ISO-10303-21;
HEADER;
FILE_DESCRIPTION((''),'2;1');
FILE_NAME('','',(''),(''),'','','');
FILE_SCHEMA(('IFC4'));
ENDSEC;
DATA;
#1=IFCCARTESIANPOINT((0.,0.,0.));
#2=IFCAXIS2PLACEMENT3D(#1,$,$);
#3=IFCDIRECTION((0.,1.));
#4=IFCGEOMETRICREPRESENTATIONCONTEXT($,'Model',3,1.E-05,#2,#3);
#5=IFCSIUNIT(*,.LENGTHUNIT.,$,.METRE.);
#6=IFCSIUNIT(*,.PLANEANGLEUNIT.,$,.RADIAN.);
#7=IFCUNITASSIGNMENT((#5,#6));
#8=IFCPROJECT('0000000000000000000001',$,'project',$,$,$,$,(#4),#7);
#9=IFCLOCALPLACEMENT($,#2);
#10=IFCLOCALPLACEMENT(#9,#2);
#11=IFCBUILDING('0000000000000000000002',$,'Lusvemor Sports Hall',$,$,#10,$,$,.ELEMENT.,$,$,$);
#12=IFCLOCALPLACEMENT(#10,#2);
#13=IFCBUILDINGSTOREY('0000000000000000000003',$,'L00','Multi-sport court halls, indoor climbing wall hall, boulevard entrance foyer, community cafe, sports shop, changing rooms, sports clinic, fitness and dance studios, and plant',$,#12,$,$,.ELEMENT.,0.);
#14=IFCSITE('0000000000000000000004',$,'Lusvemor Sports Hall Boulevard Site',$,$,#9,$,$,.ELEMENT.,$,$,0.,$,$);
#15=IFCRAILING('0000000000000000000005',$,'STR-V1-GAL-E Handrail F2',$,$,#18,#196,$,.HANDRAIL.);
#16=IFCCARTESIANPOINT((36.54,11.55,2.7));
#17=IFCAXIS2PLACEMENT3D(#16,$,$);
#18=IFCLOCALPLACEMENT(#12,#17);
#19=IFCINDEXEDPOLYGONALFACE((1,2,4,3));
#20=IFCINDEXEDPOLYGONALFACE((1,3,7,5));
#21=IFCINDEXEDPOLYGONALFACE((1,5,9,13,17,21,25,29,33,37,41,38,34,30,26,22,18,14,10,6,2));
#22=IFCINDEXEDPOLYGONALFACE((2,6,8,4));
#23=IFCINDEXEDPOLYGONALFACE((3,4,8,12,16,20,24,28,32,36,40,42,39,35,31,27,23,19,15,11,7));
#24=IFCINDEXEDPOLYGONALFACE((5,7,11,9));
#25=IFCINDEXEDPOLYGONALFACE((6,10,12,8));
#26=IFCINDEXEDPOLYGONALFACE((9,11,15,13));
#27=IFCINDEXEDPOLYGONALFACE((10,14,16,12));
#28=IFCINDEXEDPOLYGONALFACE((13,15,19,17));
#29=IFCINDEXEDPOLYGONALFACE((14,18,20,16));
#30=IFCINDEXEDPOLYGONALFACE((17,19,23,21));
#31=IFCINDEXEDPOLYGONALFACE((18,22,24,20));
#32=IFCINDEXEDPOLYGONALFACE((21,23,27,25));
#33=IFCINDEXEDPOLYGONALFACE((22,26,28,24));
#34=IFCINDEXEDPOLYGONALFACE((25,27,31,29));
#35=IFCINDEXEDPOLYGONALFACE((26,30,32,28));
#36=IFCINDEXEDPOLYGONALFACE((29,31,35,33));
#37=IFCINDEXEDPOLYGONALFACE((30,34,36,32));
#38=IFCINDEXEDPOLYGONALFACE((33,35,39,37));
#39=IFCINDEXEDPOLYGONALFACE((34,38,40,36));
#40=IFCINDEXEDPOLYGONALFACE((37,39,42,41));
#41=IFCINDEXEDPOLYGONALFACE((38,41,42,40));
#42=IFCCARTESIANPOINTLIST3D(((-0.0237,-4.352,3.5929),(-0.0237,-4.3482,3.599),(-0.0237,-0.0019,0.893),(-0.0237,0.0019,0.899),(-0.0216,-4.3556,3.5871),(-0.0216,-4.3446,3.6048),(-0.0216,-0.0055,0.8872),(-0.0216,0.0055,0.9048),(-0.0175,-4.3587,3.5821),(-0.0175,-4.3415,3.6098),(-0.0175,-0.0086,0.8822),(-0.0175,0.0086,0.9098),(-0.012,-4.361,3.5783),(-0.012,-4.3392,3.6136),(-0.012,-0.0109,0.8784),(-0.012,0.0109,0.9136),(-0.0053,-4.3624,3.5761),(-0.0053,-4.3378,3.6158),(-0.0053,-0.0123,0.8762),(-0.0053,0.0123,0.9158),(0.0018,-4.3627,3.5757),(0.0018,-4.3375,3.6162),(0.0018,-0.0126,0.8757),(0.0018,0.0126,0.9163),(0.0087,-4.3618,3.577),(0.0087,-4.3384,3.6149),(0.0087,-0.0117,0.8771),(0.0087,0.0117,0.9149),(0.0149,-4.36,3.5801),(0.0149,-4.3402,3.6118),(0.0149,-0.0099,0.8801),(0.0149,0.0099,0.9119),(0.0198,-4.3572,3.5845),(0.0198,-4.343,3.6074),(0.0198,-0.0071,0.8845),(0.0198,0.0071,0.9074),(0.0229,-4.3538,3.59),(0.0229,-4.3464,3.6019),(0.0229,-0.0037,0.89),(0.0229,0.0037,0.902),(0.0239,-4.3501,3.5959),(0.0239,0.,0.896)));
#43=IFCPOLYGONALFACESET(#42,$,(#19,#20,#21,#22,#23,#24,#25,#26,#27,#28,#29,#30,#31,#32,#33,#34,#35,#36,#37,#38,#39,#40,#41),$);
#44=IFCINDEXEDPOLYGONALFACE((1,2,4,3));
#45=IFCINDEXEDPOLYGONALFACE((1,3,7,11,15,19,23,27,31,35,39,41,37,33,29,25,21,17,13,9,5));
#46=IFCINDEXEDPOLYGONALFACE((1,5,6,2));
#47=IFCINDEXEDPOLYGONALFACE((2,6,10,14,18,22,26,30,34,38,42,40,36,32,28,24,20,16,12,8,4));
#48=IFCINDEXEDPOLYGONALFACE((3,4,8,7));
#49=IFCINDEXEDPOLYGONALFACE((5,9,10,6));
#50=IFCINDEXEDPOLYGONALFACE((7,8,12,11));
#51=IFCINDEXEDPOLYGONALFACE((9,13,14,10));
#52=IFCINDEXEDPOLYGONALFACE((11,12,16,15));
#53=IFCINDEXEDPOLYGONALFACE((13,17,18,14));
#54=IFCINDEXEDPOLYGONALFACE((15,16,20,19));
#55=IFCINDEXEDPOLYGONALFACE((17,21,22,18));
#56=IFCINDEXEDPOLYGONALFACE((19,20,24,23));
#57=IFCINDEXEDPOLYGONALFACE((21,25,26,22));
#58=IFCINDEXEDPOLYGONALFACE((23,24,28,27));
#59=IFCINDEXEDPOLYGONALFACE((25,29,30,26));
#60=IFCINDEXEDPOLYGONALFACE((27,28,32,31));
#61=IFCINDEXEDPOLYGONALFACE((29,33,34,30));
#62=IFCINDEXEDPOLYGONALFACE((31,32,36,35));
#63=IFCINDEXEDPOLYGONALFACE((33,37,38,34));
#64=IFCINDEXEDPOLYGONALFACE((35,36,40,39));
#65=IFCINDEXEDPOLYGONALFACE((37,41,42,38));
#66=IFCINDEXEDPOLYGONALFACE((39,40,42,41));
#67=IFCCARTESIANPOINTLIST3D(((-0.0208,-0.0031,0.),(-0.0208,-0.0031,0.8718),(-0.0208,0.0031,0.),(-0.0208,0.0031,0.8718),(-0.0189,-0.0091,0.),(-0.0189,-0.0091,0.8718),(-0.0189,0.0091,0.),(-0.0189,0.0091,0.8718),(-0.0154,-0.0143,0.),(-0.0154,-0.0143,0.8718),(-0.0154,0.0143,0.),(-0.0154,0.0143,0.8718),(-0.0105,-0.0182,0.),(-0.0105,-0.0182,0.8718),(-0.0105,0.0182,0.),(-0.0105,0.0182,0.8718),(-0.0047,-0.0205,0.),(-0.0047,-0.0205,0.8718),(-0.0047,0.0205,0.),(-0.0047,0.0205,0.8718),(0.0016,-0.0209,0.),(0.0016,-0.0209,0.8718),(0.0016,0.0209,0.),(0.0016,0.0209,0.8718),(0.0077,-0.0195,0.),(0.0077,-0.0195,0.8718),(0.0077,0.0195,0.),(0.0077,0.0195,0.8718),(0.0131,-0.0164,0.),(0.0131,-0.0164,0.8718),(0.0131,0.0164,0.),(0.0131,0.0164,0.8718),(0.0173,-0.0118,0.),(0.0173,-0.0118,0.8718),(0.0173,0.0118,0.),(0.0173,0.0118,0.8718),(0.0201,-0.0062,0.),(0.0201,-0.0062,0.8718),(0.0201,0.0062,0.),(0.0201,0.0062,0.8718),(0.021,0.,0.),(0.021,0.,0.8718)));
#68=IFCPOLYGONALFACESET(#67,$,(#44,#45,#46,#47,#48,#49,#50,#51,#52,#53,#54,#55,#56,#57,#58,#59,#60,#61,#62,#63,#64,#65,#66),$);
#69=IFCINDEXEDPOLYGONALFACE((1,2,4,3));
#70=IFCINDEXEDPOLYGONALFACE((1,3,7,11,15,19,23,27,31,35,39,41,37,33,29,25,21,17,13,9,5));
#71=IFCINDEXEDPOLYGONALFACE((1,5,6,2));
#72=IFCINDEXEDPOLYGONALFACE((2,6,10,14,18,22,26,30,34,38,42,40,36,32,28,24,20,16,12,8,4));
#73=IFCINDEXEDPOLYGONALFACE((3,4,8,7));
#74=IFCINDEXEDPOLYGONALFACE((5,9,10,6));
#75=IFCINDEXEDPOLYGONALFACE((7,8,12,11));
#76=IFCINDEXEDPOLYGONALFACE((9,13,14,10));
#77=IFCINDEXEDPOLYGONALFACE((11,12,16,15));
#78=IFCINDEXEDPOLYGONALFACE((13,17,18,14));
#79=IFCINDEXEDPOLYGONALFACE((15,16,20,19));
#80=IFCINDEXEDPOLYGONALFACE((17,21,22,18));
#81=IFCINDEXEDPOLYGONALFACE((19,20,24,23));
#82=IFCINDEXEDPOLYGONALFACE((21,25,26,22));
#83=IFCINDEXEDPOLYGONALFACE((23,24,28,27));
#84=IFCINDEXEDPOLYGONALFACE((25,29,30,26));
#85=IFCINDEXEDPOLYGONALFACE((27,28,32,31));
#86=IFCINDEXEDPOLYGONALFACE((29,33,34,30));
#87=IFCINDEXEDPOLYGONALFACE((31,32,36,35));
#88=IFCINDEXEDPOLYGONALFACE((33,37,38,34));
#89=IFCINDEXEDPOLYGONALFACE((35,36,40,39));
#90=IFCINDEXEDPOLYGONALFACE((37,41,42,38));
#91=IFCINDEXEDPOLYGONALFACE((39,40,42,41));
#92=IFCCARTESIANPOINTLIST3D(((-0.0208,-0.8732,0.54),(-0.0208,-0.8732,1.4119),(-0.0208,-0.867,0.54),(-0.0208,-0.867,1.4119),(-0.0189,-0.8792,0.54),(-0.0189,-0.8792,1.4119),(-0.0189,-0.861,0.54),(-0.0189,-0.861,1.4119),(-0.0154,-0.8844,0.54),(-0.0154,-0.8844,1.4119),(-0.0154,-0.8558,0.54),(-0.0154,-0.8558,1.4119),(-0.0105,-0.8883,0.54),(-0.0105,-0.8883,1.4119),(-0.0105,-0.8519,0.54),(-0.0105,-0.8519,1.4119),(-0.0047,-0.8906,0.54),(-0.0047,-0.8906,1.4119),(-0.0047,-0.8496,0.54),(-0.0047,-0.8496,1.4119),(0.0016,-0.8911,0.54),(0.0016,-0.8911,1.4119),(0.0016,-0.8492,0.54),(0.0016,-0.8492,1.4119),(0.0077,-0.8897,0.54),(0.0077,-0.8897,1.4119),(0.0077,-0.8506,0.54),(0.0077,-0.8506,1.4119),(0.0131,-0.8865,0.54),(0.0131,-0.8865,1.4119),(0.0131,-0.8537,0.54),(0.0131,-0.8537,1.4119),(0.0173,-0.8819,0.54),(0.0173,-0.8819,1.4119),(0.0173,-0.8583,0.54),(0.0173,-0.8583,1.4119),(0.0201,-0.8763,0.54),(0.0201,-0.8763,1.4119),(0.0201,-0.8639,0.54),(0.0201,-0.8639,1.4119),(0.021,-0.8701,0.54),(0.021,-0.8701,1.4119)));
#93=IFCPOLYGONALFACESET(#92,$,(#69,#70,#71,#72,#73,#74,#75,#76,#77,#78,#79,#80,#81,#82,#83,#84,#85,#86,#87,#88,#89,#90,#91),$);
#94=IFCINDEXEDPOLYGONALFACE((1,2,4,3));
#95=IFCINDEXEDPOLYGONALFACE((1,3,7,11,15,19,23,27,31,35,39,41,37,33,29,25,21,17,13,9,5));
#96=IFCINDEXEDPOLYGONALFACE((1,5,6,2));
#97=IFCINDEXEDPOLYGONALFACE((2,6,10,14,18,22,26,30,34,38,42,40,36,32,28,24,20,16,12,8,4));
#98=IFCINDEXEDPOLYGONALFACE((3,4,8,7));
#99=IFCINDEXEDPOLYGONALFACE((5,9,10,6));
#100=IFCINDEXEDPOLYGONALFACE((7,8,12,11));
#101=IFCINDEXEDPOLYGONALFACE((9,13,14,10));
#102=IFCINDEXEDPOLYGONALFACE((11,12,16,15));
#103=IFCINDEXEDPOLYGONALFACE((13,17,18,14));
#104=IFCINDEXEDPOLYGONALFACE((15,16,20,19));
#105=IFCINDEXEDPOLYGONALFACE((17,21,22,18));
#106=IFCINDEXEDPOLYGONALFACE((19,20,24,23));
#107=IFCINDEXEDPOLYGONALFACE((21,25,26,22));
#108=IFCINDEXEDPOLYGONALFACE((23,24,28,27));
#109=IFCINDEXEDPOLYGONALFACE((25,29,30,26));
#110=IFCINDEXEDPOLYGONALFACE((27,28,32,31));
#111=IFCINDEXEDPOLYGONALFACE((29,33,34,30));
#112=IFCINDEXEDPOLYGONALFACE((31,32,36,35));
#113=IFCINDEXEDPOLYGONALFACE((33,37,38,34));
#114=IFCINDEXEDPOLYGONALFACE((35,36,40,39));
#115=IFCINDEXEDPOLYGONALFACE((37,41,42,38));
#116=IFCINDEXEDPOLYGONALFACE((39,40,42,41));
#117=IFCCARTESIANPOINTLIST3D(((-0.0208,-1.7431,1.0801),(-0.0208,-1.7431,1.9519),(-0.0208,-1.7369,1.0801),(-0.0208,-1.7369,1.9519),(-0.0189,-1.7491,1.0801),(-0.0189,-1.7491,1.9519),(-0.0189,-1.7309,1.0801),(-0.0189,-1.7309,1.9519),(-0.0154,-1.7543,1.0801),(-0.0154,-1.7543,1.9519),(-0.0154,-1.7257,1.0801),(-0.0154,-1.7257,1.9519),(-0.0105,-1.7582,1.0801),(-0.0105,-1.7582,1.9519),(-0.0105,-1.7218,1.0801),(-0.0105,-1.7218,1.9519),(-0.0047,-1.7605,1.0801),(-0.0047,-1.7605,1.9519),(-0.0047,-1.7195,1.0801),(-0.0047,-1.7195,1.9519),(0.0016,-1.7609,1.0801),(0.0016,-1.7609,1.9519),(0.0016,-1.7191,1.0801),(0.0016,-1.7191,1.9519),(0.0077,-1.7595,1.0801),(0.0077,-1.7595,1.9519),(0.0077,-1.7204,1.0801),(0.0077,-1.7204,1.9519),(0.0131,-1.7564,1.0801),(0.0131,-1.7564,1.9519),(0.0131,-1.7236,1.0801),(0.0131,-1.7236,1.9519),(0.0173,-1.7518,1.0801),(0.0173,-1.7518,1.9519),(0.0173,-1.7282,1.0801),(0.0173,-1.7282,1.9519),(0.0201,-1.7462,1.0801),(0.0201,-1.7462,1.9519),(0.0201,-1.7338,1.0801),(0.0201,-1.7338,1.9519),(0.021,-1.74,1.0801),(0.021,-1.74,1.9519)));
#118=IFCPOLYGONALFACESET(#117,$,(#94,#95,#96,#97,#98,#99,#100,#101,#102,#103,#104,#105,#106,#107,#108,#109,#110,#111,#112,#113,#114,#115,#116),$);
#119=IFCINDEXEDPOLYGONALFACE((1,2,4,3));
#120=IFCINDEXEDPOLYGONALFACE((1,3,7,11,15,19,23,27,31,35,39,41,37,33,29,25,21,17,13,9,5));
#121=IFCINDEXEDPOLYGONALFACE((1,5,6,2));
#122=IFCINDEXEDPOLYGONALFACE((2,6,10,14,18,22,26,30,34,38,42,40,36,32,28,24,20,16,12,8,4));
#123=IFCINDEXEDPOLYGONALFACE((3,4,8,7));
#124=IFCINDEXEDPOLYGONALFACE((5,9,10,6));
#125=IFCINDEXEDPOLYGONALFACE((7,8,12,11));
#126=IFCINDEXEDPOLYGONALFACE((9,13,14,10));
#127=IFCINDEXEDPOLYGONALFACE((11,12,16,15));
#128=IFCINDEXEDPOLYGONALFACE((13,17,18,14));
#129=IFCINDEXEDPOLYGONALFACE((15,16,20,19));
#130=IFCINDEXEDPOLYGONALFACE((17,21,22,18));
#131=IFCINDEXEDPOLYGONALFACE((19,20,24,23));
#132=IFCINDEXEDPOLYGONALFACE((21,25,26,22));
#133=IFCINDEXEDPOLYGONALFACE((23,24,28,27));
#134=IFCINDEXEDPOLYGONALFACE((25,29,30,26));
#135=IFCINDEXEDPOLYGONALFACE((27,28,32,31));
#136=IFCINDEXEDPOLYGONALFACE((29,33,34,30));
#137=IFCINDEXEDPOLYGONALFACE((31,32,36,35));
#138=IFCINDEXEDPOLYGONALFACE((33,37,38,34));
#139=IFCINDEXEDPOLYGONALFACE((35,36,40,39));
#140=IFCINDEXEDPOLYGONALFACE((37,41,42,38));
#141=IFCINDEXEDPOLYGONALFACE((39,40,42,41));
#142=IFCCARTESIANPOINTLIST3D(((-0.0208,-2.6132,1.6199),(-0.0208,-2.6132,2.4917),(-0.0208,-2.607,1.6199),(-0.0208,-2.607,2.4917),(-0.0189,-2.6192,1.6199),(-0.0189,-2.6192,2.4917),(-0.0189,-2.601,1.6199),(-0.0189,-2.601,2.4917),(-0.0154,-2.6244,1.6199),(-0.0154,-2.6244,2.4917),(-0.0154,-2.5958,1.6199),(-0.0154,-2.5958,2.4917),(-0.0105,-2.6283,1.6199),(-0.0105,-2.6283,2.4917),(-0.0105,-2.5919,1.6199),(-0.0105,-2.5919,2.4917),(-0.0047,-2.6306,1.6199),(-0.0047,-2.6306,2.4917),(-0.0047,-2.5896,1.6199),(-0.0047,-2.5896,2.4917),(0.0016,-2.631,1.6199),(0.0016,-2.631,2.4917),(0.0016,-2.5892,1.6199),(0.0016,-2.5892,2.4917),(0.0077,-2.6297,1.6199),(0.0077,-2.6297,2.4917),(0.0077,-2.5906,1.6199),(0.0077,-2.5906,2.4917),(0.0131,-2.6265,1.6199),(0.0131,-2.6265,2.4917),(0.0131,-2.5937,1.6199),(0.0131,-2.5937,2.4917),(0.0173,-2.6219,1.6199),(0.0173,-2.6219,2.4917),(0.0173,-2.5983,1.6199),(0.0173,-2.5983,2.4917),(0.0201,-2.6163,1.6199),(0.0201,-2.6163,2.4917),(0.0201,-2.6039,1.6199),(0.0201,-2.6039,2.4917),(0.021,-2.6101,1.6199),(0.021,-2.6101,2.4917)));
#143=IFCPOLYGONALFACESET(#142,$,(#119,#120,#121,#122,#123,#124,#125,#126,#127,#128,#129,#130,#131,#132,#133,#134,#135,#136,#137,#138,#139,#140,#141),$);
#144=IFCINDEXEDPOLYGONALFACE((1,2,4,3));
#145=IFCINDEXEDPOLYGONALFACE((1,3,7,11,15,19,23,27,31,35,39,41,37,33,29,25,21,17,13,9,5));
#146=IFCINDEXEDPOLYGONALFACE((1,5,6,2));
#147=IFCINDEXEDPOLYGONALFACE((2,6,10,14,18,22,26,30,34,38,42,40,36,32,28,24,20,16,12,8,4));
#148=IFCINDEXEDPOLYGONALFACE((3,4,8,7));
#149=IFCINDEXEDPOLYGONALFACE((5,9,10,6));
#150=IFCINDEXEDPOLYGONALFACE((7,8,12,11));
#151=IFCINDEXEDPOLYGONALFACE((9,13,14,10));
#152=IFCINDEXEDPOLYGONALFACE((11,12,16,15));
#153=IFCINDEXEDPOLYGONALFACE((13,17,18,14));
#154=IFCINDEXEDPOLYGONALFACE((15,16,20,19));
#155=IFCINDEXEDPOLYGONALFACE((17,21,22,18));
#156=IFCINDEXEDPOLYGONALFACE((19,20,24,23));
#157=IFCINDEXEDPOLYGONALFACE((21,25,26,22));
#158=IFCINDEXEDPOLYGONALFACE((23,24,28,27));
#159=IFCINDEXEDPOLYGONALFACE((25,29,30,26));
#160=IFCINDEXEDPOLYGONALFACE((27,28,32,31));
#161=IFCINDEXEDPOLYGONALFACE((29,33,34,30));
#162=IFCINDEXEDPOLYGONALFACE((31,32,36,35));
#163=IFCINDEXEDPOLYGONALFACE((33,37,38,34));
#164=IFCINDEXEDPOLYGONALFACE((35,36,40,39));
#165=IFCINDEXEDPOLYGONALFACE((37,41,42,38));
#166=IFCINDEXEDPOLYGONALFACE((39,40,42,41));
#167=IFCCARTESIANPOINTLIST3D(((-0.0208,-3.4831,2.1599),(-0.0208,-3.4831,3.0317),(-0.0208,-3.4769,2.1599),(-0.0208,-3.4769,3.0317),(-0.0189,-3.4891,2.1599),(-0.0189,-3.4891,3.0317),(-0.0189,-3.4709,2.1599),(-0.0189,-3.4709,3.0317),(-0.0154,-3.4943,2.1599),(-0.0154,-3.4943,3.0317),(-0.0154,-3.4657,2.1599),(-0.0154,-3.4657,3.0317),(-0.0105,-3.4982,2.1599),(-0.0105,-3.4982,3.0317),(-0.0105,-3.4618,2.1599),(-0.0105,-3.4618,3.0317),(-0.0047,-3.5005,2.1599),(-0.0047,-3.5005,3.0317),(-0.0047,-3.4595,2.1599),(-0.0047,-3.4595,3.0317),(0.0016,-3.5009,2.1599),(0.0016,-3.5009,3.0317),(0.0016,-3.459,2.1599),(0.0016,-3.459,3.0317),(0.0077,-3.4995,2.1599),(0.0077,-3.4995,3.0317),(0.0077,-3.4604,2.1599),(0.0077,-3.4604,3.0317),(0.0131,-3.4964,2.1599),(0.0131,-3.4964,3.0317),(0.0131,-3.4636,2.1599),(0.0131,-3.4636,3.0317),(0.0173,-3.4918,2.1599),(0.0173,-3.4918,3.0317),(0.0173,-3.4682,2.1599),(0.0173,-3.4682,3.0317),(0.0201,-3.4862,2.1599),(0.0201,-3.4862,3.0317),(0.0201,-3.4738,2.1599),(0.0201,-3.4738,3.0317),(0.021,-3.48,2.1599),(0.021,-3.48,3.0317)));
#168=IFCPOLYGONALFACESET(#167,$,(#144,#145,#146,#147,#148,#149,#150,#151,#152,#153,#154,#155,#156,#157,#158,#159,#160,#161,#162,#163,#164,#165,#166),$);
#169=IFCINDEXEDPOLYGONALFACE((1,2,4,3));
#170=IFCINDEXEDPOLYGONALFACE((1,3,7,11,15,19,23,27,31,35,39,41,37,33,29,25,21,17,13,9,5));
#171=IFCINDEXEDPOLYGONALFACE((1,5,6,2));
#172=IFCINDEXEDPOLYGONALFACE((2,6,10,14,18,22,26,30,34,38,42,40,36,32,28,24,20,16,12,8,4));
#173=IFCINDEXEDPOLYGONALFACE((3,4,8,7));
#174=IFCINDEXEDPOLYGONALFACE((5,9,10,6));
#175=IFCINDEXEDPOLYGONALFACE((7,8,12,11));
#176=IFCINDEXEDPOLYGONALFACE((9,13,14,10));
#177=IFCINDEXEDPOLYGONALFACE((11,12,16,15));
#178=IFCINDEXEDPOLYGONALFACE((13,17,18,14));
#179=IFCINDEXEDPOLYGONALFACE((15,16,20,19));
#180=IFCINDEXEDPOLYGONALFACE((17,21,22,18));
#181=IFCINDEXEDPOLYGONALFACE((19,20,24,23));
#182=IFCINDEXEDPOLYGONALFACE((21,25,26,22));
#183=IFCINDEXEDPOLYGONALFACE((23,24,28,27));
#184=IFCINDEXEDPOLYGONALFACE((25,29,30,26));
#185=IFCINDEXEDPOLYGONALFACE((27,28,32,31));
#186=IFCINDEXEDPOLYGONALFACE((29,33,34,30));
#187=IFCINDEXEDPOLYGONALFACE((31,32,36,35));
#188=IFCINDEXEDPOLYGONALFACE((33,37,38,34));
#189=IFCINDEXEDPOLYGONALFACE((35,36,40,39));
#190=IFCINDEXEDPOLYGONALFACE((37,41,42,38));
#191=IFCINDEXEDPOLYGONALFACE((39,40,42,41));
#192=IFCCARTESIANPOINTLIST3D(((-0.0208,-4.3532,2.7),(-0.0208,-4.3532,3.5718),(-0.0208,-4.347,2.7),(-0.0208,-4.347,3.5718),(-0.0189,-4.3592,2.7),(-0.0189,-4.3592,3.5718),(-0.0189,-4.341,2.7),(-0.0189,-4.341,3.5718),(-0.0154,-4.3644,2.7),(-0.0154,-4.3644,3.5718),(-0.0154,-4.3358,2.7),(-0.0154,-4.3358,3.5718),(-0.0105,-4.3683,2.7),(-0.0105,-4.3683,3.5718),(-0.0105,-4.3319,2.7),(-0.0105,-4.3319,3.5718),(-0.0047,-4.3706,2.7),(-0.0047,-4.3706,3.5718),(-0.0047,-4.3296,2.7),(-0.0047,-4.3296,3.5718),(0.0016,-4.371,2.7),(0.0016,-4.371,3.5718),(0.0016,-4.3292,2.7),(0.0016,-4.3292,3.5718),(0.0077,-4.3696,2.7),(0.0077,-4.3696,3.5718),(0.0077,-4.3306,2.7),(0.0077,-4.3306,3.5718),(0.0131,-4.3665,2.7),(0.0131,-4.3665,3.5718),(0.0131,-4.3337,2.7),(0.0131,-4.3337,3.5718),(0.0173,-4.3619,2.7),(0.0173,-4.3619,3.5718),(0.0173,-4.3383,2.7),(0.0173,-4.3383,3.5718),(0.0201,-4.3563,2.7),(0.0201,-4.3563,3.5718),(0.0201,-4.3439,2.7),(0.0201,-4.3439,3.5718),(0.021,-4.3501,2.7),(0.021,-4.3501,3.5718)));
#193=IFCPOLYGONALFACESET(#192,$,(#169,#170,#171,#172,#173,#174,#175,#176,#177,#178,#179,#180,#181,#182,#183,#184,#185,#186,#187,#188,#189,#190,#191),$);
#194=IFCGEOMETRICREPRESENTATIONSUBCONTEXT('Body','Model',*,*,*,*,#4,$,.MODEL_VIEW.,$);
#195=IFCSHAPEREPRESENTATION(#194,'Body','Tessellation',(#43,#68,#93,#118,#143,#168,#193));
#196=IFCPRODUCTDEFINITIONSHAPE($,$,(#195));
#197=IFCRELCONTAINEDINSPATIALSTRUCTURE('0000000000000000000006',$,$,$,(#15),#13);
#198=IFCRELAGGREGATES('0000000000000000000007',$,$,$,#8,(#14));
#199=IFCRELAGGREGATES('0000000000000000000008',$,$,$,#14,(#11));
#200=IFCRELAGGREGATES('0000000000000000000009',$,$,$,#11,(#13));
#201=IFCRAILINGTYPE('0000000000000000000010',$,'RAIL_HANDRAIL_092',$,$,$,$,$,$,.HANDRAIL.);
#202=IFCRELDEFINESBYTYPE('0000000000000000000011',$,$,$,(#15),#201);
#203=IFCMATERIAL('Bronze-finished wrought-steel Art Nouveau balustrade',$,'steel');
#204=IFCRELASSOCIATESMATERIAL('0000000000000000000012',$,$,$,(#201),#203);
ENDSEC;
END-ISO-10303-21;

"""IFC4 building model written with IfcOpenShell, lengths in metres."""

from ifc_helpers import new_model, si_unit, direction, frame, origin, origin_2d, place, context, subcontext, project, spatial, circle, extrude, material, type_object, element, save


model = new_model("IFC4")

# Units and contexts
model_context = context("Model", 3, precision=1e-05, world=origin(), true_north=direction((0.0, 1.0)))
body_context = subcontext(model_context, "Body", "Model", "MODEL_VIEW")
ifc_project = project(units=[si_unit("LENGTHUNIT", "METRE"), si_unit("PLANEANGLEUNIT", "RADIAN")], contexts=[model_context])

# Site, building, storey
site_placement = place(None, origin())
site = spatial("IfcSite", under=ifc_project, at=site_placement, Name="Lusvemor Sports Hall Boulevard Site", CompositionType="ELEMENT", RefElevation=0.0)
building_placement = place(site_placement, origin())
building = spatial("IfcBuilding", under=site, at=building_placement, Name="Lusvemor Sports Hall", CompositionType="ELEMENT")
storey_placement = place(building_placement, origin())
storey = spatial("IfcBuildingStorey", under=building, at=storey_placement, Name="L00", Description="Multi-sport court halls, indoor climbing wall hall, boulevard entrance foyer, community cafe, sports shop, changing rooms, sports clinic, fitness and dance studios, and plant", CompositionType="ELEMENT", Elevation=0.0)

# Railing
ifc_material_1 = material(Name="Bronze-finished wrought-steel Art Nouveau balustrade", Category="steel")
railing_type_1 = type_object("IfcRailingType", Name="RAIL_HANDRAIL_092", PredefinedType="HANDRAIL", material=ifc_material_1)
railing_1_placement = place(storey_placement, frame((36.54, 11.55, 2.7)))
element("IfcRailing", 1, at=railing_1_placement, inside=storey, type_object=railing_type_1, Name="STR-V1-GAL-E Handrail F2", PredefinedType="HANDRAIL", context=body_context, shape_type="SweptSolid", body=[
    extrude(circle(Radius=0.0239, at=origin_2d()), frame((0.0, 0.0, 0.896), z_axis=(0.0, -0.84965, 0.527347), x_axis=(1.0, 0.0, 0.0)), (0.0, 0.0, 1.0), 5.1199),
    extrude(circle(Radius=0.021, at=origin_2d()), origin(), (0.0, 0.0, 1.0), 0.8718),
    extrude(circle(Radius=0.021, at=origin_2d()), frame((0.0, -0.8701, 0.54)), (0.0, 0.0, 1.0), 0.8718),
    extrude(circle(Radius=0.021, at=origin_2d()), frame((0.0, -1.74, 1.0801)), (0.0, 0.0, 1.0), 0.8718),
    extrude(circle(Radius=0.021, at=origin_2d()), frame((0.0, -2.6101, 1.6199)), (0.0, 0.0, 1.0), 0.8718),
    extrude(circle(Radius=0.021, at=origin_2d()), frame((0.0, -3.48, 2.1599)), (0.0, 0.0, 1.0), 0.8718),
    extrude(circle(Radius=0.021, at=origin_2d()), frame((0.0, -4.3501, 2.7)), (0.0, 0.0, 1.0), 0.8718),
])

save(model, "model.ifc")
